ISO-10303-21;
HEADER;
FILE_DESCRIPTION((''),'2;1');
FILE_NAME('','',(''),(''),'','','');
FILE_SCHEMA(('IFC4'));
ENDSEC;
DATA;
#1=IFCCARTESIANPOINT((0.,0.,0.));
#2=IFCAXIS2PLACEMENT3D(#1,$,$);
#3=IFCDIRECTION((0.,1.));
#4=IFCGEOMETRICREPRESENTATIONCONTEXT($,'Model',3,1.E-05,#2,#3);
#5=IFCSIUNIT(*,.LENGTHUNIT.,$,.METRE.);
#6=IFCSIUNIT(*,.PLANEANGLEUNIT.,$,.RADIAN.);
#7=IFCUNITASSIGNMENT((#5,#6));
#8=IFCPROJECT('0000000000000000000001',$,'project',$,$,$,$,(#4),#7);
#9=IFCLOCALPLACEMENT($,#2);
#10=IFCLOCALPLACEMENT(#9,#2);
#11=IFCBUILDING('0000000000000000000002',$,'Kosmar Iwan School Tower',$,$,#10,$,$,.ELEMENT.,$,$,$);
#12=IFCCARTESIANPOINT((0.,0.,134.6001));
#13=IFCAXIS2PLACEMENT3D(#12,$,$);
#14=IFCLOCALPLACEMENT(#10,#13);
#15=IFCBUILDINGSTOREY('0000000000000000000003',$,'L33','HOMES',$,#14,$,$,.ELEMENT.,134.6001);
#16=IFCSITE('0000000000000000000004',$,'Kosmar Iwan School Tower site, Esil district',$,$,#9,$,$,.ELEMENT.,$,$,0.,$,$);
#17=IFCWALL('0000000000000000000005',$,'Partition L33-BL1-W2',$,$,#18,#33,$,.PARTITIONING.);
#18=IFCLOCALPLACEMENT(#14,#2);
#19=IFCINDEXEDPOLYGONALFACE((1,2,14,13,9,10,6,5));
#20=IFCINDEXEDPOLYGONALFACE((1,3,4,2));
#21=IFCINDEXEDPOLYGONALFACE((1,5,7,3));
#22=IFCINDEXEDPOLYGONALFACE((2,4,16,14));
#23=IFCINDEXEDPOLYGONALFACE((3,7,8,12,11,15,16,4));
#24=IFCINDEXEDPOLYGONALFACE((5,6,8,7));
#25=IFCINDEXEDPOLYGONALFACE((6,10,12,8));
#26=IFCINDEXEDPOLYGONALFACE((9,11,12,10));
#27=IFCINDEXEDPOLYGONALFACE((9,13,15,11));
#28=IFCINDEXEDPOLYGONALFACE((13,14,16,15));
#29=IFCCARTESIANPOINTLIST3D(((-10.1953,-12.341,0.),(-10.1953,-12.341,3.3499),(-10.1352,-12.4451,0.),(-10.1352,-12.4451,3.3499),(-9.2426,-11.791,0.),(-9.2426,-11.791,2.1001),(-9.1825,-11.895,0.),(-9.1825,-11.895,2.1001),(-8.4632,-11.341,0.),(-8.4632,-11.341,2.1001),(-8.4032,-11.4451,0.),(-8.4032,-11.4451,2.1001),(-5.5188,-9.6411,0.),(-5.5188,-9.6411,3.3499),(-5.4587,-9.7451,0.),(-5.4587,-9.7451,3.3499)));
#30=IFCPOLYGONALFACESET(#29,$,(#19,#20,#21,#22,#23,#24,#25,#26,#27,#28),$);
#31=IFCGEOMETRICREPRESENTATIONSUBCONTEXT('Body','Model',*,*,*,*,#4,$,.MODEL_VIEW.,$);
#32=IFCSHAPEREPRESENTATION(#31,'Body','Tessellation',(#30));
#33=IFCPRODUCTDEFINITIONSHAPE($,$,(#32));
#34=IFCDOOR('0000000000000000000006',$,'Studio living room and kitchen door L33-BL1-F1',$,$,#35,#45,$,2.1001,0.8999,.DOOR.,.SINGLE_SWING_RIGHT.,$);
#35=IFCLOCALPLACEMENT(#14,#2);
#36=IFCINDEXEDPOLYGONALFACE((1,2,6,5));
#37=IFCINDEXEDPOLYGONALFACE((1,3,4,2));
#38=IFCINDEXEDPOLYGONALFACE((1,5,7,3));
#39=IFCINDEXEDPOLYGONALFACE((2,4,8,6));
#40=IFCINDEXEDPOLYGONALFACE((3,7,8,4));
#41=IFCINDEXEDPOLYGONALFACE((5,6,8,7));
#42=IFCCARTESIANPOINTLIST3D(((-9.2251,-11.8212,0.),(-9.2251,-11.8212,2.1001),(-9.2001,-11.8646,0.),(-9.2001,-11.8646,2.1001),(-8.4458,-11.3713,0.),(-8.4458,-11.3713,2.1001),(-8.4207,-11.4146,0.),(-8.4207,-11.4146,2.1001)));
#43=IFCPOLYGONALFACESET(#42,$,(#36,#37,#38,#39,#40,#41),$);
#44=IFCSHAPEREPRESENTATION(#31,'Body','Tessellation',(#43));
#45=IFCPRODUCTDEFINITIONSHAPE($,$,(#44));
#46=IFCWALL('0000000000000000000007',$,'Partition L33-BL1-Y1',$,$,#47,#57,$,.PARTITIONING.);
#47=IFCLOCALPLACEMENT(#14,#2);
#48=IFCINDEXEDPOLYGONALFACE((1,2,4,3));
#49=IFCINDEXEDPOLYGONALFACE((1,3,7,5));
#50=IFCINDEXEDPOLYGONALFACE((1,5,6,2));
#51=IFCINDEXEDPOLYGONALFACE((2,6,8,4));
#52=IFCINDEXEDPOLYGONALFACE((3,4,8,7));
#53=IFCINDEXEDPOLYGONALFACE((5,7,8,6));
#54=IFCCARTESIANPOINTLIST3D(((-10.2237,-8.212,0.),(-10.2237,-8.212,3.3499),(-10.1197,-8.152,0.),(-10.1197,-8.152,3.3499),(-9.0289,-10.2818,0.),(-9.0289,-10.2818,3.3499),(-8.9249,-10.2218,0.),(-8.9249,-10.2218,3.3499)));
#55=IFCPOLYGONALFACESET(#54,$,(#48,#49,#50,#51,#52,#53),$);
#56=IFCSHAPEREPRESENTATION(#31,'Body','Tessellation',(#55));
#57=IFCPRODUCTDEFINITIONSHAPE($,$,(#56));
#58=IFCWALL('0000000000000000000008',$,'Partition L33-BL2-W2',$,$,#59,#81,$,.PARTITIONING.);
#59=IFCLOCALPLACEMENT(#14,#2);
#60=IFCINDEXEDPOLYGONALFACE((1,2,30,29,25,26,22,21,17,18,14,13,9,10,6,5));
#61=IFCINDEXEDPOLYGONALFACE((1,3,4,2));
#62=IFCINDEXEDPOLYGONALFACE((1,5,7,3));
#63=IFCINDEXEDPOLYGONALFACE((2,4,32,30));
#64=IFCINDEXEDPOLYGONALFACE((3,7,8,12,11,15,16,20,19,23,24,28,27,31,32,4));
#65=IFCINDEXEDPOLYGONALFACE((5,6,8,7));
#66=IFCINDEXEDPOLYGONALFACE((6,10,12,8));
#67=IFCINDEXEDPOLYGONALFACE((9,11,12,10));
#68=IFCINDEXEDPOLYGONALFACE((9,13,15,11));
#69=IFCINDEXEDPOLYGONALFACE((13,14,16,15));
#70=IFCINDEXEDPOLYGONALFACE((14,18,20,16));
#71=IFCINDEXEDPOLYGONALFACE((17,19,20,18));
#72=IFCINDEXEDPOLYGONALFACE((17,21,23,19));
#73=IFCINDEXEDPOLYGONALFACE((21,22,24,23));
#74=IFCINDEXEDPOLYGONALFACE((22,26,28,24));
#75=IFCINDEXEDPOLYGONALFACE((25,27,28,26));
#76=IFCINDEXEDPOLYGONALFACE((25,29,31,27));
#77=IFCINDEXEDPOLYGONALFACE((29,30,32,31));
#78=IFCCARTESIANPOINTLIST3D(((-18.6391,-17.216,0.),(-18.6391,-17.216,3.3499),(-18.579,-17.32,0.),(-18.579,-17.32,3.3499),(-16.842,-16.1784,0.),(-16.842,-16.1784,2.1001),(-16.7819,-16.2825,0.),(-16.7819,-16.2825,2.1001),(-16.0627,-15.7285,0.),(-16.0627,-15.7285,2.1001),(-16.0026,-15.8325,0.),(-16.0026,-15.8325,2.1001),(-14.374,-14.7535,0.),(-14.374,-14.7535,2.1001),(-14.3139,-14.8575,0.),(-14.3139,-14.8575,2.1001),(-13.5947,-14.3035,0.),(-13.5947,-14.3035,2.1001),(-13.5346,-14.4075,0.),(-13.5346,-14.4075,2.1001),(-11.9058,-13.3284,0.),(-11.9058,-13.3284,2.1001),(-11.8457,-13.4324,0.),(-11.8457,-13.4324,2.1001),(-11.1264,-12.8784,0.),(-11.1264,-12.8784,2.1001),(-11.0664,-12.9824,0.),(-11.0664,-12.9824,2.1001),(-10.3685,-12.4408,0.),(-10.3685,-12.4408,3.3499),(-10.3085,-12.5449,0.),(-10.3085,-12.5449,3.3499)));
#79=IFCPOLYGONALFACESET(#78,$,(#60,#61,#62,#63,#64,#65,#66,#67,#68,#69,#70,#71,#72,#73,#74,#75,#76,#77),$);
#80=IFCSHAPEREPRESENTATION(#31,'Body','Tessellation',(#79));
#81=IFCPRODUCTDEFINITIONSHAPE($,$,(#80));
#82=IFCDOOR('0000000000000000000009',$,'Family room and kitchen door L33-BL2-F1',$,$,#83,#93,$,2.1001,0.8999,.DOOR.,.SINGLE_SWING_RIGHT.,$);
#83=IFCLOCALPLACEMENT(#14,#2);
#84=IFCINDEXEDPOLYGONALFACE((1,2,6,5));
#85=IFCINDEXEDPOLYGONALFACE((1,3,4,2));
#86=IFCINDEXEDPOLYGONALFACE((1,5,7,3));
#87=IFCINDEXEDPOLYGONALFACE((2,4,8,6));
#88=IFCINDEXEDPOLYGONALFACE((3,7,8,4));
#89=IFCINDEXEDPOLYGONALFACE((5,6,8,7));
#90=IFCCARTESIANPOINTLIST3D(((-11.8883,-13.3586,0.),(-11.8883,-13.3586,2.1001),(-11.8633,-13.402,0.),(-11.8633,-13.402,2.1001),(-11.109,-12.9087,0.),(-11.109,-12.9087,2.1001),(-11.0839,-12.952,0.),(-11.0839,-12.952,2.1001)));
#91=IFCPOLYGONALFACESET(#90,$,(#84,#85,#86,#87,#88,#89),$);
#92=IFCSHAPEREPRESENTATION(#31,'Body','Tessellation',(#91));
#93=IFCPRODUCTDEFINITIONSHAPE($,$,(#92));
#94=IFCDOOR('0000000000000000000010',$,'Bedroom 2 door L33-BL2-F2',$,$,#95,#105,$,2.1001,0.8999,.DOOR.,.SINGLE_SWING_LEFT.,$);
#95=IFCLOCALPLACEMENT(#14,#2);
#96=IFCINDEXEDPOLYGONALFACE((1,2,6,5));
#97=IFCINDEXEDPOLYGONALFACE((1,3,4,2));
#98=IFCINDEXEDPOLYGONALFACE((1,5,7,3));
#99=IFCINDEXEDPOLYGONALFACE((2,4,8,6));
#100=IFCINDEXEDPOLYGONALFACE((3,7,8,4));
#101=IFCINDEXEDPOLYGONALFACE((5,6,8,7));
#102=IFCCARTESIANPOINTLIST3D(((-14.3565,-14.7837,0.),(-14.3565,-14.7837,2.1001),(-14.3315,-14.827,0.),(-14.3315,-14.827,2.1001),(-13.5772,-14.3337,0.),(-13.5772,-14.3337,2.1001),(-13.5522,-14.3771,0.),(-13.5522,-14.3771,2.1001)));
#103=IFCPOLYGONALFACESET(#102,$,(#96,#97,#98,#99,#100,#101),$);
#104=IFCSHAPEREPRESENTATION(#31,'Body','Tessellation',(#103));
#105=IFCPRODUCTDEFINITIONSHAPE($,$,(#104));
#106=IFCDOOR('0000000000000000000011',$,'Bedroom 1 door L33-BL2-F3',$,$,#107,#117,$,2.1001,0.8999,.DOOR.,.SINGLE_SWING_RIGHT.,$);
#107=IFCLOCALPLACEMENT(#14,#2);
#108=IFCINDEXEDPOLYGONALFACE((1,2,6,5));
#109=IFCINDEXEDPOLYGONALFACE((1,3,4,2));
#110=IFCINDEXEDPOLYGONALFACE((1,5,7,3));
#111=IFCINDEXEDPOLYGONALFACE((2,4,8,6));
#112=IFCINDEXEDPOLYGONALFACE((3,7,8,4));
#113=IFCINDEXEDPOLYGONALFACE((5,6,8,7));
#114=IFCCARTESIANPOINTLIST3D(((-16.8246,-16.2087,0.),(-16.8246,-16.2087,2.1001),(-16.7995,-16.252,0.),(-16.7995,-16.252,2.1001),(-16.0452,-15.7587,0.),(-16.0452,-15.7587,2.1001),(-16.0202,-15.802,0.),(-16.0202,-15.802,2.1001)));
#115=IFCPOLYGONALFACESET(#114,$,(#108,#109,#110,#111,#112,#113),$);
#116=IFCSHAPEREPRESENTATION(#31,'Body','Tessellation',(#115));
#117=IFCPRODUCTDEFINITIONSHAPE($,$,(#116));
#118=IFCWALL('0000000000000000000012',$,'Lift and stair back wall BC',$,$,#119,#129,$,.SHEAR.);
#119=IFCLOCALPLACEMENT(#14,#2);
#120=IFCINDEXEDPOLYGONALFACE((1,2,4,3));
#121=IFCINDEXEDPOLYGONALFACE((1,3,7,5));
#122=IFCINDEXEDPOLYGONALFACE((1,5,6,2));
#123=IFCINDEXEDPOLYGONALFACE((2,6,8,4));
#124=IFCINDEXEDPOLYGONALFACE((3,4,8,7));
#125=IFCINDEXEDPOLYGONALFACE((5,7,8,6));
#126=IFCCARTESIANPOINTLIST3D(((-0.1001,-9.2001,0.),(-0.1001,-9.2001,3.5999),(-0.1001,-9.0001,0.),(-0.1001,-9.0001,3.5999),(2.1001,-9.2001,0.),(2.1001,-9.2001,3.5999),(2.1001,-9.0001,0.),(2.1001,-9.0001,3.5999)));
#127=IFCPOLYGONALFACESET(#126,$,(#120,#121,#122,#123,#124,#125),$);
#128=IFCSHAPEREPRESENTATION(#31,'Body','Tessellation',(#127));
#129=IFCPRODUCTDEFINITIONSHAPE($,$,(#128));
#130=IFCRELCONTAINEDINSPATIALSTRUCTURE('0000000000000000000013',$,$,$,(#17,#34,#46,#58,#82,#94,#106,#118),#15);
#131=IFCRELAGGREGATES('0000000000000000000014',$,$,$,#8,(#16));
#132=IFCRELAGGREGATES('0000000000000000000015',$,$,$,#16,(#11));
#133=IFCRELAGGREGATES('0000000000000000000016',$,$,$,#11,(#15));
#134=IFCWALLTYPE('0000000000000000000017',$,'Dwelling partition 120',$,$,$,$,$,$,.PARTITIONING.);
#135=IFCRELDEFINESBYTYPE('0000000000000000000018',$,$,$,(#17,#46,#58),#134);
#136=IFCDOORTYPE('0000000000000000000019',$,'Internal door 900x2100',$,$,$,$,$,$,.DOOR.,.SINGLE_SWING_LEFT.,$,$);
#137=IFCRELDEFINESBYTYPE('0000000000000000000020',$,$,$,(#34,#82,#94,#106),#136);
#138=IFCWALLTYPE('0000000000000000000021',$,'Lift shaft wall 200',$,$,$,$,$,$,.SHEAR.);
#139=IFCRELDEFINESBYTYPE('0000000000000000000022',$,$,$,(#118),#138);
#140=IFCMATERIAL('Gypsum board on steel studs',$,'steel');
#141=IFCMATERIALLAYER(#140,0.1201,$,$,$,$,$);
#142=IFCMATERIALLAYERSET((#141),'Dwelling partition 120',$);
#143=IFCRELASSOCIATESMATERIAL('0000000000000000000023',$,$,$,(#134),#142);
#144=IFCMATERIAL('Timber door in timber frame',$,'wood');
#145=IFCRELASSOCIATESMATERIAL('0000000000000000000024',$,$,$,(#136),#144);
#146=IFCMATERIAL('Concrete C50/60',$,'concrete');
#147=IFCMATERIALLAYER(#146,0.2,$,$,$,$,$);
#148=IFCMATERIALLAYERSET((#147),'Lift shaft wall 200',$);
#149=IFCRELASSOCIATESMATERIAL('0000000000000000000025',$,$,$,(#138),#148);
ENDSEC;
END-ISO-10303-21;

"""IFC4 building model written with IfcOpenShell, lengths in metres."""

from ifc_helpers import new_model, si_unit, direction, frame, frame_2d, origin, place, context, subcontext, project, spatial, rectangle, extrude, material, layer, layer_set, type_object, element, fill, save


model = new_model("IFC4")

# Units and contexts
model_context = context("Model", 3, precision=1e-05, world=origin(), true_north=direction((0.0, 1.0)))
body_context = subcontext(model_context, "Body", "Model", "MODEL_VIEW")
ifc_project = project(units=[si_unit("LENGTHUNIT", "METRE"), si_unit("PLANEANGLEUNIT", "RADIAN")], contexts=[model_context])

# Site, building, storey
site_placement = place(None, origin())
site = spatial("IfcSite", under=ifc_project, at=site_placement, Name="Kosmar Iwan School Tower site, Esil district", CompositionType="ELEMENT", RefElevation=0.0)
building_placement = place(site_placement, origin())
building = spatial("IfcBuilding", under=site, at=building_placement, Name="Kosmar Iwan School Tower", CompositionType="ELEMENT")
storey_placement = place(building_placement, frame((0.0, 0.0, 134.6001)))
storey = spatial("IfcBuildingStorey", under=building, at=storey_placement, Name="L33", Description="HOMES", CompositionType="ELEMENT", Elevation=134.6001)

# Shared definitions
ifc_material_1 = material(Name="Gypsum board on steel studs", Category="steel")
ifc_layer_1 = layer(ifc_material_1, 0.1201)
ifc_layer_set_1 = layer_set([ifc_layer_1], Name="Dwelling partition 120")
wall_type_1 = type_object("IfcWallType", Name="Dwelling partition 120", PredefinedType="PARTITIONING", material=ifc_layer_set_1)
ifc_material_2 = material(Name="Timber door in timber frame", Category="wood")
door_type_1 = type_object("IfcDoorType", Name="Internal door 900x2100", OperationType="SINGLE_SWING_LEFT", PredefinedType="DOOR", material=ifc_material_2)

# Wall, opening, door
wall_1_placement = place(storey_placement, frame((-5.4888, -9.6931, 0.0), z_axis=(0.0, 0.0, 1.0), x_axis=(-0.866028, -0.499995, 0.0)))
wall_1 = element("IfcWall", 1, at=wall_1_placement, inside=storey, type_object=wall_type_1, Name="Partition L33-BL1-W2", PredefinedType="PARTITIONING", context=body_context, shape_type="SweptSolid", body=[
    extrude(rectangle(XDim=5.3999, YDim=0.1201, at=frame_2d((2.7, 0.0))), origin(), (0.0, 0.0, 1.0), 3.3499),
])
opening_1_placement = place(wall_1_placement, frame((3.3999, 0.0, 0.0)))
opening_1 = element("IfcOpeningElement", 2, at=opening_1_placement, cuts=wall_1, PredefinedType="OPENING", context=body_context, shape_type="SweptSolid", body=[
    extrude(rectangle(XDim=0.8999, YDim=2.1001, at=frame_2d((0.45, 1.05))), frame((0.0, 0.072, 0.0), z_axis=(0.0, -1.0, 0.0), x_axis=(1.0, 0.0, 0.0)), (0.0, 0.0, 1.0), 0.144),
])
door_1_placement = place(opening_1_placement, origin())
door_1 = element("IfcDoor", 3, at=door_1_placement, inside=storey, type_object=door_type_1, Name="Studio living room and kitchen door L33-BL1-F1", OperationType="SINGLE_SWING_RIGHT", OverallHeight=2.1001, OverallWidth=0.8999, PredefinedType="DOOR", context=body_context, shape_type="SweptSolid", body=[
    extrude(rectangle(XDim=0.8999, YDim=2.1001, at=frame_2d((0.45, 1.05))), frame((0.0, 0.0249, 0.0), z_axis=(0.0, -1.0, 0.0), x_axis=(1.0, 0.0, 0.0)), (0.0, 0.0, 1.0), 0.05),
])
fill(opening_1, door_1)

# Wall
wall_2_placement = place(storey_placement, frame((-10.1716, -8.1821, 0.0), z_axis=(0.0, 0.0, 1.0), x_axis=(0.499941, -0.86606, 0.0)))
element("IfcWall", 4, at=wall_2_placement, inside=storey, type_object=wall_type_1, Name="Partition L33-BL1-Y1", PredefinedType="PARTITIONING", context=body_context, shape_type="SweptSolid", body=[
    extrude(rectangle(XDim=2.3899, YDim=0.1201, at=frame_2d((1.1948, 0.0))), origin(), (0.0, 0.0, 1.0), 3.3499),
])

# Wall, openings, doors
wall_3_placement = place(storey_placement, frame((-10.3386, -12.4929, 0.0), z_axis=(0.0, 0.0, 1.0), x_axis=(-0.866018, -0.500013, 0.0)))
wall_3 = element("IfcWall", 5, at=wall_3_placement, inside=storey, type_object=wall_type_1, Name="Partition L33-BL2-W2", PredefinedType="PARTITIONING", context=body_context, shape_type="SweptSolid", body=[
    extrude(rectangle(XDim=9.55, YDim=0.1201, at=frame_2d((4.7749, 0.0))), origin(), (0.0, 0.0, 1.0), 3.3499),
])
opening_2_placement = place(wall_3_placement, frame((0.875, 0.0, 0.0)))
opening_2 = element("IfcOpeningElement", 6, at=opening_2_placement, cuts=wall_3, PredefinedType="OPENING", context=body_context, shape_type="SweptSolid", body=[
    extrude(rectangle(XDim=0.8999, YDim=2.1001, at=frame_2d((0.45, 1.05))), frame((0.0, 0.072, 0.0), z_axis=(0.0, -1.0, 0.0), x_axis=(1.0, 0.0, 0.0)), (0.0, 0.0, 1.0), 0.144),
])
opening_3_placement = place(wall_3_placement, frame((3.7251, 0.0, 0.0)))
opening_3 = element("IfcOpeningElement", 7, at=opening_3_placement, cuts=wall_3, PredefinedType="OPENING", context=body_context, shape_type="SweptSolid", body=[
    extrude(rectangle(XDim=0.8999, YDim=2.1001, at=frame_2d((0.45, 1.05))), frame((0.0, 0.072, 0.0), z_axis=(0.0, -1.0, 0.0), x_axis=(1.0, 0.0, 0.0)), (0.0, 0.0, 1.0), 0.144),
])
opening_4_placement = place(wall_3_placement, frame((6.575, 0.0, 0.0)))
opening_4 = element("IfcOpeningElement", 8, at=opening_4_placement, cuts=wall_3, PredefinedType="OPENING", context=body_context, shape_type="SweptSolid", body=[
    extrude(rectangle(XDim=0.8999, YDim=2.1001, at=frame_2d((0.45, 1.05))), frame((0.0, 0.072, 0.0), z_axis=(0.0, -1.0, 0.0), x_axis=(1.0, 0.0, 0.0)), (0.0, 0.0, 1.0), 0.144),
])
door_2_placement = place(opening_2_placement, origin())
door_2 = element("IfcDoor", 9, at=door_2_placement, inside=storey, type_object=door_type_1, Name="Family room and kitchen door L33-BL2-F1", OperationType="SINGLE_SWING_RIGHT", OverallHeight=2.1001, OverallWidth=0.8999, PredefinedType="DOOR", context=body_context, shape_type="SweptSolid", body=[
    extrude(rectangle(XDim=0.8999, YDim=2.1001, at=frame_2d((0.45, 1.05))), frame((0.0, 0.0249, 0.0), z_axis=(0.0, -1.0, 0.0), x_axis=(1.0, 0.0, 0.0)), (0.0, 0.0, 1.0), 0.05),
])
fill(opening_2, door_2)
door_3_placement = place(opening_3_placement, origin())
door_3 = element("IfcDoor", 10, at=door_3_placement, inside=storey, type_object=door_type_1, Name="Bedroom 2 door L33-BL2-F2", OperationType="SINGLE_SWING_LEFT", OverallHeight=2.1001, OverallWidth=0.8999, PredefinedType="DOOR", context=body_context, shape_type="SweptSolid", body=[
    extrude(rectangle(XDim=0.8999, YDim=2.1001, at=frame_2d((0.45, 1.05))), frame((0.0, 0.0249, 0.0), z_axis=(0.0, -1.0, 0.0), x_axis=(1.0, 0.0, 0.0)), (0.0, 0.0, 1.0), 0.05),
])
fill(opening_3, door_3)
door_4_placement = place(opening_4_placement, origin())
door_4 = element("IfcDoor", 11, at=door_4_placement, inside=storey, type_object=door_type_1, Name="Bedroom 1 door L33-BL2-F3", OperationType="SINGLE_SWING_RIGHT", OverallHeight=2.1001, OverallWidth=0.8999, PredefinedType="DOOR", context=body_context, shape_type="SweptSolid", body=[
    extrude(rectangle(XDim=0.8999, YDim=2.1001, at=frame_2d((0.45, 1.05))), frame((0.0, 0.0249, 0.0), z_axis=(0.0, -1.0, 0.0), x_axis=(1.0, 0.0, 0.0)), (0.0, 0.0, 1.0), 0.05),
])
fill(opening_4, door_4)

# Wall
ifc_material_3 = material(Name="Concrete C50/60", Category="concrete")
ifc_layer_2 = layer(ifc_material_3, 0.2)
ifc_layer_set_2 = layer_set([ifc_layer_2], Name="Lift shaft wall 200")
wall_type_2 = type_object("IfcWallType", Name="Lift shaft wall 200", PredefinedType="SHEAR", material=ifc_layer_set_2)
wall_4_placement = place(storey_placement, frame((-0.1001, -9.1001, 0.0), z_axis=(0.0, 0.0, 1.0), x_axis=(1.0, 0.0, 0.0)))
element("IfcWall", 12, at=wall_4_placement, inside=storey, type_object=wall_type_2, Name="Lift and stair back wall BC", PredefinedType="SHEAR", context=body_context, shape_type="SweptSolid", body=[
    extrude(rectangle(XDim=2.2002, YDim=0.2, at=frame_2d((1.1001, 0.0))), origin(), (0.0, 0.0, 1.0), 3.5999),
])

save(model, "model.ifc")
